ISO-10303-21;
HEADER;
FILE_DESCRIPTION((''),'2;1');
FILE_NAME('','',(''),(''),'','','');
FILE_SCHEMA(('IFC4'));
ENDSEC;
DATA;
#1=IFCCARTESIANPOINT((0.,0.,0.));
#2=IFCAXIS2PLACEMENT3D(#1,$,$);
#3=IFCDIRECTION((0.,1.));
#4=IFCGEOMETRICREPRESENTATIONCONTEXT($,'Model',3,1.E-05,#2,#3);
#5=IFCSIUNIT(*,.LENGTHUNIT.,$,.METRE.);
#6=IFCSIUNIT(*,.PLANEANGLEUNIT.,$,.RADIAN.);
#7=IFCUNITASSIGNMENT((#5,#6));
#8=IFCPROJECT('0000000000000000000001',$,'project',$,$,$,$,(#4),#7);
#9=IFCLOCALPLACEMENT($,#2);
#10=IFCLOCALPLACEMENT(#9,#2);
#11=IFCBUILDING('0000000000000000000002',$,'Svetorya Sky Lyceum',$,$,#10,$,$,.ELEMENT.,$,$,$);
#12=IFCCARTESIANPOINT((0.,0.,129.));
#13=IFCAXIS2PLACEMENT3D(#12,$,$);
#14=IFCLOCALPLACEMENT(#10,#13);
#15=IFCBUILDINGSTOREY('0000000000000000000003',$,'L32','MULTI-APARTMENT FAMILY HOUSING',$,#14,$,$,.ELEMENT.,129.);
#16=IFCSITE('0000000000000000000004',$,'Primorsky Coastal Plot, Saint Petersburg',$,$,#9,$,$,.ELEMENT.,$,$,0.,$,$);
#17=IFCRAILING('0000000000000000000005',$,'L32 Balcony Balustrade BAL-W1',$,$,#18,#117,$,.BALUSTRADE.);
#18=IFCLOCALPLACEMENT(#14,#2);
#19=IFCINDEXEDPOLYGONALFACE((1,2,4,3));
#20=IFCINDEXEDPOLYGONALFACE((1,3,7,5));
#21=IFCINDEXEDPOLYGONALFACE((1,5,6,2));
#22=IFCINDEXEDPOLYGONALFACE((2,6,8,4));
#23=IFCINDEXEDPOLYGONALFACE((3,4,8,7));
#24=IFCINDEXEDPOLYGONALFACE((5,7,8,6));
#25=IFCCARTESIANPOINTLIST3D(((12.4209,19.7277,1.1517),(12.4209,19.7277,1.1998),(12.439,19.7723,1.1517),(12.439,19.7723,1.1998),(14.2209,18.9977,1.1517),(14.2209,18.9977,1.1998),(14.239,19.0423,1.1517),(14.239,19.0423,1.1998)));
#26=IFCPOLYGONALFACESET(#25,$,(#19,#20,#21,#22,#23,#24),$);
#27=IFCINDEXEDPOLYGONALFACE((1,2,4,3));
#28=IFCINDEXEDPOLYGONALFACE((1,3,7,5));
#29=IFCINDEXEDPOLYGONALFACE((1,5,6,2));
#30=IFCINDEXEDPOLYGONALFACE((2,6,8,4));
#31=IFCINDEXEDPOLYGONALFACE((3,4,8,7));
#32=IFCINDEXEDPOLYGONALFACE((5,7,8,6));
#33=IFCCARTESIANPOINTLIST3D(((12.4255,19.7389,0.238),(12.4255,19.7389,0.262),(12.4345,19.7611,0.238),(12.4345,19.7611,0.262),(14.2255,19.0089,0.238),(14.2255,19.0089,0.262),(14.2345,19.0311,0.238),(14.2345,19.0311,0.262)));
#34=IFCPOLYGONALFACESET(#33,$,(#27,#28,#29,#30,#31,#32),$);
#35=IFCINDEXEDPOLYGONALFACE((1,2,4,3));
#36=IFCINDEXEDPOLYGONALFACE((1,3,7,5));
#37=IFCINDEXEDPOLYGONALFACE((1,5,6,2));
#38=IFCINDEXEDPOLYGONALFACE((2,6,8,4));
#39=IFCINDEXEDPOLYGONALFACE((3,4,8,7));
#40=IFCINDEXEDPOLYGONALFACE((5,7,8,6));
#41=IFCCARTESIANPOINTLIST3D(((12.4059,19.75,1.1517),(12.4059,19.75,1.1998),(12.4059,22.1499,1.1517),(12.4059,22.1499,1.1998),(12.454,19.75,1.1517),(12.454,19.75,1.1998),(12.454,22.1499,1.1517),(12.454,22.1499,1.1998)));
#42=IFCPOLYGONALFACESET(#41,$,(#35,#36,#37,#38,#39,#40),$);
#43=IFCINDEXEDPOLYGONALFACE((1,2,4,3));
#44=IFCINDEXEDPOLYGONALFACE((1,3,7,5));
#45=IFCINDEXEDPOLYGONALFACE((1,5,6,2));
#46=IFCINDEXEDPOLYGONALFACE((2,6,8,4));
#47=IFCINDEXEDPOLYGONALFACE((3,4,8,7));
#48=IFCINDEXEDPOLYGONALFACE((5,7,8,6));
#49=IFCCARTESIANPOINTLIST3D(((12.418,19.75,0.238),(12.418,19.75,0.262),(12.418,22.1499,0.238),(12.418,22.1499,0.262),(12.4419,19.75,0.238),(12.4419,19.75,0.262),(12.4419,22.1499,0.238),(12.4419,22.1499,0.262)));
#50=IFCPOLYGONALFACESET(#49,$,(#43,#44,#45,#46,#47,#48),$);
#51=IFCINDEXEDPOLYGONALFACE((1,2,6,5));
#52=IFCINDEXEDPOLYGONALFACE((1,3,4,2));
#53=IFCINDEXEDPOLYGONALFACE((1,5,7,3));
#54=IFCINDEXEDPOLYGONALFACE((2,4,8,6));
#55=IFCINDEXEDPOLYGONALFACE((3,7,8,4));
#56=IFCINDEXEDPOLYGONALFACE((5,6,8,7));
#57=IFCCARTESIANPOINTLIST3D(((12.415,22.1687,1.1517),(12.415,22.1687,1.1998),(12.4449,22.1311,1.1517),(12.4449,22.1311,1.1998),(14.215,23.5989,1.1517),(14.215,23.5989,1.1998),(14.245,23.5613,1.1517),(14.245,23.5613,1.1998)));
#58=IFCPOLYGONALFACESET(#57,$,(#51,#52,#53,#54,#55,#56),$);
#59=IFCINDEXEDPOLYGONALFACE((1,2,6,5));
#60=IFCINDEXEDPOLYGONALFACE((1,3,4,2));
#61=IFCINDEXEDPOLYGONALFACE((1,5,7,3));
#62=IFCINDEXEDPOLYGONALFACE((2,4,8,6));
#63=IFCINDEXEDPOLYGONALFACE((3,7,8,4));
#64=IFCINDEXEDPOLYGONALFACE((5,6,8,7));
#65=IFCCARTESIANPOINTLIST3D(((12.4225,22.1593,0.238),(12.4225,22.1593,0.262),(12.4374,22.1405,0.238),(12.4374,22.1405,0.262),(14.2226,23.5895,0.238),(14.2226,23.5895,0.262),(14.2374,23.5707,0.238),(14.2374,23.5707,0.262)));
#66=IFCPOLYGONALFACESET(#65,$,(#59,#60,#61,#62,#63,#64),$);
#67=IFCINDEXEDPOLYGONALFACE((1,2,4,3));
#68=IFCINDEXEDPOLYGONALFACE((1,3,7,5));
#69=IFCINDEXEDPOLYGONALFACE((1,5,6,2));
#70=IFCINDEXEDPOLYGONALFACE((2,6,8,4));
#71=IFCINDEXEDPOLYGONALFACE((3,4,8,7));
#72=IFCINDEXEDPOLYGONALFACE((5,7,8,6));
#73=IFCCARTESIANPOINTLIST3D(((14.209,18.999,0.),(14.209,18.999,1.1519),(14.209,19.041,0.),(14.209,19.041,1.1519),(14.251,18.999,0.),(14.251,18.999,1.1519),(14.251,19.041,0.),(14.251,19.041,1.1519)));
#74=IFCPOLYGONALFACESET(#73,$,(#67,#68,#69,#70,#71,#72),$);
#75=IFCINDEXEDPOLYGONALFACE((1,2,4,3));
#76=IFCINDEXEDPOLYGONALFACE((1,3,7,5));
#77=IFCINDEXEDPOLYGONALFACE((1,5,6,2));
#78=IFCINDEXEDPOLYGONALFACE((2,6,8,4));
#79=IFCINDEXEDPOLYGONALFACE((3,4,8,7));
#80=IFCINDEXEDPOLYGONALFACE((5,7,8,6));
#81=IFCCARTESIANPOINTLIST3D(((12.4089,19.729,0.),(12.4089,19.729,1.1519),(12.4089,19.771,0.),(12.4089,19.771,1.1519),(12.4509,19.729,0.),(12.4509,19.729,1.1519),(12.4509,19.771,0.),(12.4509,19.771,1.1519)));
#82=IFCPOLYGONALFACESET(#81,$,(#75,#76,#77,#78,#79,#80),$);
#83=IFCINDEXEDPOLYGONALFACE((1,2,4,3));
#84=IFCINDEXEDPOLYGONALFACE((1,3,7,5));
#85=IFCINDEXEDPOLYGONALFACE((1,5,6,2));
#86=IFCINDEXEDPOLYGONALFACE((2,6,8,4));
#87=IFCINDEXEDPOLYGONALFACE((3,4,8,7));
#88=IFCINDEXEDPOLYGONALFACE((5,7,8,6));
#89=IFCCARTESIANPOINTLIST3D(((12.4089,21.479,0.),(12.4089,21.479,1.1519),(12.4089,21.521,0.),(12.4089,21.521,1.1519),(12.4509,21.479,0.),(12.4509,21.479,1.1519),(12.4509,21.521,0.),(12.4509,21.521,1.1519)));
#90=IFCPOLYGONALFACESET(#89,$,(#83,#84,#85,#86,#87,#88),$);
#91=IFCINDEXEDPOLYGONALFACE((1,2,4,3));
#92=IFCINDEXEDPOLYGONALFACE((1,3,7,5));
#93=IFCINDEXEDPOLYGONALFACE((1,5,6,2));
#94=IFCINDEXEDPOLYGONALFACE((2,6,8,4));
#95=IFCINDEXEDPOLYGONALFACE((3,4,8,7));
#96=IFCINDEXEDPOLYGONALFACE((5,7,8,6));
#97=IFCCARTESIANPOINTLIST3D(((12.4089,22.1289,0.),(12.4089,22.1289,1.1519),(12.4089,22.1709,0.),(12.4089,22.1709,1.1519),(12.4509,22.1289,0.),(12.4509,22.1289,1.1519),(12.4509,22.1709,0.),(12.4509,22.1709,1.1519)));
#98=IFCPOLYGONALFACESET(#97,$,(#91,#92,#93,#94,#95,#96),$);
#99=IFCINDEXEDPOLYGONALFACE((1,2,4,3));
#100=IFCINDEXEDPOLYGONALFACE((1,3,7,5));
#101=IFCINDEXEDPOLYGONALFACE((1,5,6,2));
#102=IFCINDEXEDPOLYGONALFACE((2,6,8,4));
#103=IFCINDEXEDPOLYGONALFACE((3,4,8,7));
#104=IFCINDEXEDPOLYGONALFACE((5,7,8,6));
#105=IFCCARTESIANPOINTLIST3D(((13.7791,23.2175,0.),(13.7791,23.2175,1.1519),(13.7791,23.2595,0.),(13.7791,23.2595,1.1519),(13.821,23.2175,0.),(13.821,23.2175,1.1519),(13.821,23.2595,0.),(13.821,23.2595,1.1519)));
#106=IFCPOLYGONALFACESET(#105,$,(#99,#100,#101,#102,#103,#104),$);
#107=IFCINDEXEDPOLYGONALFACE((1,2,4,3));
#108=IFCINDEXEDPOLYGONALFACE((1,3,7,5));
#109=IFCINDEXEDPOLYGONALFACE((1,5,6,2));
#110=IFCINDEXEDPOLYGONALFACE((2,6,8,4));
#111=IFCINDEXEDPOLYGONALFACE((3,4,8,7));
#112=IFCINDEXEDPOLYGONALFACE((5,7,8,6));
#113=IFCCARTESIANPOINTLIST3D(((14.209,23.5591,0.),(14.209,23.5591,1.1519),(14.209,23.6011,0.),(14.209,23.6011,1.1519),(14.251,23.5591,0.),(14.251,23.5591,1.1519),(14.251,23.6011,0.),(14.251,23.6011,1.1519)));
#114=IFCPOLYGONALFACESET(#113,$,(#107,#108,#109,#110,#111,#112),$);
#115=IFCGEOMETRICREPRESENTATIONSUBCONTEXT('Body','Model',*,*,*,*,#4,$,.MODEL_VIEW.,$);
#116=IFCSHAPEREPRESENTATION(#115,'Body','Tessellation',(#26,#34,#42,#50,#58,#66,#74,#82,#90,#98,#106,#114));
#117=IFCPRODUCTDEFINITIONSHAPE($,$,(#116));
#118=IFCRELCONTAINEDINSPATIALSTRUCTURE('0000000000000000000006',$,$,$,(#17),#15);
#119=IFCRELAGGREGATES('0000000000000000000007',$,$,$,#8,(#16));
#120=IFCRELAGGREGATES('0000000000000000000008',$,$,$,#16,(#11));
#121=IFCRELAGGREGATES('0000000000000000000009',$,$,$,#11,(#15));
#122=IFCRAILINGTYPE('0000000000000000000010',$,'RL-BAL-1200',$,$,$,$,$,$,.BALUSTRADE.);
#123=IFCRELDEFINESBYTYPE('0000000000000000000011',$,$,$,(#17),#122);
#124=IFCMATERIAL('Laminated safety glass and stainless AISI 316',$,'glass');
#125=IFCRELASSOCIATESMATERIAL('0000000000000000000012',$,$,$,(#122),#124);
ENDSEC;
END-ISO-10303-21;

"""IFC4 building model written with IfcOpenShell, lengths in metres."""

from ifc_helpers import new_model, si_unit, direction, frame, origin, origin_2d, place, context, subcontext, project, spatial, rectangle, extrude, material, type_object, element, save


model = new_model("IFC4")

# Units and contexts
model_context = context("Model", 3, precision=1e-05, world=origin(), true_north=direction((0.0, 1.0)))
body_context = subcontext(model_context, "Body", "Model", "MODEL_VIEW")
ifc_project = project(units=[si_unit("LENGTHUNIT", "METRE"), si_unit("PLANEANGLEUNIT", "RADIAN")], contexts=[model_context])

# Site, building, storey
site_placement = place(None, origin())
site = spatial("IfcSite", under=ifc_project, at=site_placement, Name="Primorsky Coastal Plot, Saint Petersburg", CompositionType="ELEMENT", RefElevation=0.0)
building_placement = place(site_placement, origin())
building = spatial("IfcBuilding", under=site, at=building_placement, Name="Svetorya Sky Lyceum", CompositionType="ELEMENT")
storey_placement = place(building_placement, frame((0.0, 0.0, 129.0)))
storey = spatial("IfcBuildingStorey", under=building, at=storey_placement, Name="L32", Description="MULTI-APARTMENT FAMILY HOUSING", CompositionType="ELEMENT", Elevation=129.0)

# Railing
ifc_material_1 = material(Name="Laminated safety glass and stainless AISI 316", Category="glass")
railing_type = type_object("IfcRailingType", Name="RL-BAL-1200", PredefinedType="BALUSTRADE", material=ifc_material_1)
railing_placement = place(storey_placement, frame((14.23, 19.02, 0.0)))
element("IfcRailing", 1, at=railing_placement, inside=storey, type_object=railing_type, Name="L32 Balcony Balustrade BAL-W1", PredefinedType="BALUSTRADE", context=body_context, shape_type="SweptSolid", body=[
    extrude(rectangle(XDim=0.0481, YDim=0.0481, at=origin_2d()), frame((0.0, 0.0, 1.1758), z_axis=(-0.926698, 0.375807, 0.0), x_axis=(-0.375807, -0.926698, 0.0)), (0.0, 0.0, 1.0), 1.9424),
    extrude(rectangle(XDim=0.0239, YDim=0.0239, at=origin_2d()), frame((0.0, 0.0, 0.25), z_axis=(-0.926698, 0.375807, 0.0), x_axis=(-0.375807, -0.926698, 0.0)), (0.0, 0.0, 1.0), 1.9424),
    extrude(rectangle(XDim=0.0481, YDim=0.0481, at=origin_2d()), frame((-1.8, 0.73, 1.1758), z_axis=(0.0, 1.0, 0.0), x_axis=(-1.0, 0.0, 0.0)), (0.0, 0.0, 1.0), 2.3999),
    extrude(rectangle(XDim=0.0239, YDim=0.0239, at=origin_2d()), frame((-1.8, 0.73, 0.25), z_axis=(0.0, 1.0, 0.0), x_axis=(-1.0, 0.0, 0.0)), (0.0, 0.0, 1.0), 2.3999),
    extrude(rectangle(XDim=0.0481, YDim=0.0481, at=origin_2d()), frame((-1.8, 3.1299, 1.1758), z_axis=(0.782957, 0.622076, 0.0), x_axis=(-0.622076, 0.782957, 0.0)), (0.0, 0.0, 1.0), 2.2991),
    extrude(rectangle(XDim=0.0239, YDim=0.0239, at=origin_2d()), frame((-1.8, 3.1299, 0.25), z_axis=(0.782957, 0.622076, 0.0), x_axis=(-0.622076, 0.782957, 0.0)), (0.0, 0.0, 1.0), 2.2991),
    extrude(rectangle(XDim=0.042, YDim=0.042, at=origin_2d()), origin(), (0.0, 0.0, 1.0), 1.1519),
    extrude(rectangle(XDim=0.042, YDim=0.042, at=origin_2d()), frame((-1.8, 0.73, 0.0)), (0.0, 0.0, 1.0), 1.1519),
    extrude(rectangle(XDim=0.042, YDim=0.042, at=origin_2d()), frame((-1.8, 2.48, 0.0)), (0.0, 0.0, 1.0), 1.1519),
    extrude(rectangle(XDim=0.042, YDim=0.042, at=origin_2d()), frame((-1.8, 3.1299, 0.0)), (0.0, 0.0, 1.0), 1.1519),
    extrude(rectangle(XDim=0.042, YDim=0.042, at=origin_2d()), frame((-0.4299, 4.2185, 0.0)), (0.0, 0.0, 1.0), 1.1519),
    extrude(rectangle(XDim=0.042, YDim=0.042, at=origin_2d()), frame((0.0, 4.5601, 0.0)), (0.0, 0.0, 1.0), 1.1519),
])

save(model, "model.ifc")
